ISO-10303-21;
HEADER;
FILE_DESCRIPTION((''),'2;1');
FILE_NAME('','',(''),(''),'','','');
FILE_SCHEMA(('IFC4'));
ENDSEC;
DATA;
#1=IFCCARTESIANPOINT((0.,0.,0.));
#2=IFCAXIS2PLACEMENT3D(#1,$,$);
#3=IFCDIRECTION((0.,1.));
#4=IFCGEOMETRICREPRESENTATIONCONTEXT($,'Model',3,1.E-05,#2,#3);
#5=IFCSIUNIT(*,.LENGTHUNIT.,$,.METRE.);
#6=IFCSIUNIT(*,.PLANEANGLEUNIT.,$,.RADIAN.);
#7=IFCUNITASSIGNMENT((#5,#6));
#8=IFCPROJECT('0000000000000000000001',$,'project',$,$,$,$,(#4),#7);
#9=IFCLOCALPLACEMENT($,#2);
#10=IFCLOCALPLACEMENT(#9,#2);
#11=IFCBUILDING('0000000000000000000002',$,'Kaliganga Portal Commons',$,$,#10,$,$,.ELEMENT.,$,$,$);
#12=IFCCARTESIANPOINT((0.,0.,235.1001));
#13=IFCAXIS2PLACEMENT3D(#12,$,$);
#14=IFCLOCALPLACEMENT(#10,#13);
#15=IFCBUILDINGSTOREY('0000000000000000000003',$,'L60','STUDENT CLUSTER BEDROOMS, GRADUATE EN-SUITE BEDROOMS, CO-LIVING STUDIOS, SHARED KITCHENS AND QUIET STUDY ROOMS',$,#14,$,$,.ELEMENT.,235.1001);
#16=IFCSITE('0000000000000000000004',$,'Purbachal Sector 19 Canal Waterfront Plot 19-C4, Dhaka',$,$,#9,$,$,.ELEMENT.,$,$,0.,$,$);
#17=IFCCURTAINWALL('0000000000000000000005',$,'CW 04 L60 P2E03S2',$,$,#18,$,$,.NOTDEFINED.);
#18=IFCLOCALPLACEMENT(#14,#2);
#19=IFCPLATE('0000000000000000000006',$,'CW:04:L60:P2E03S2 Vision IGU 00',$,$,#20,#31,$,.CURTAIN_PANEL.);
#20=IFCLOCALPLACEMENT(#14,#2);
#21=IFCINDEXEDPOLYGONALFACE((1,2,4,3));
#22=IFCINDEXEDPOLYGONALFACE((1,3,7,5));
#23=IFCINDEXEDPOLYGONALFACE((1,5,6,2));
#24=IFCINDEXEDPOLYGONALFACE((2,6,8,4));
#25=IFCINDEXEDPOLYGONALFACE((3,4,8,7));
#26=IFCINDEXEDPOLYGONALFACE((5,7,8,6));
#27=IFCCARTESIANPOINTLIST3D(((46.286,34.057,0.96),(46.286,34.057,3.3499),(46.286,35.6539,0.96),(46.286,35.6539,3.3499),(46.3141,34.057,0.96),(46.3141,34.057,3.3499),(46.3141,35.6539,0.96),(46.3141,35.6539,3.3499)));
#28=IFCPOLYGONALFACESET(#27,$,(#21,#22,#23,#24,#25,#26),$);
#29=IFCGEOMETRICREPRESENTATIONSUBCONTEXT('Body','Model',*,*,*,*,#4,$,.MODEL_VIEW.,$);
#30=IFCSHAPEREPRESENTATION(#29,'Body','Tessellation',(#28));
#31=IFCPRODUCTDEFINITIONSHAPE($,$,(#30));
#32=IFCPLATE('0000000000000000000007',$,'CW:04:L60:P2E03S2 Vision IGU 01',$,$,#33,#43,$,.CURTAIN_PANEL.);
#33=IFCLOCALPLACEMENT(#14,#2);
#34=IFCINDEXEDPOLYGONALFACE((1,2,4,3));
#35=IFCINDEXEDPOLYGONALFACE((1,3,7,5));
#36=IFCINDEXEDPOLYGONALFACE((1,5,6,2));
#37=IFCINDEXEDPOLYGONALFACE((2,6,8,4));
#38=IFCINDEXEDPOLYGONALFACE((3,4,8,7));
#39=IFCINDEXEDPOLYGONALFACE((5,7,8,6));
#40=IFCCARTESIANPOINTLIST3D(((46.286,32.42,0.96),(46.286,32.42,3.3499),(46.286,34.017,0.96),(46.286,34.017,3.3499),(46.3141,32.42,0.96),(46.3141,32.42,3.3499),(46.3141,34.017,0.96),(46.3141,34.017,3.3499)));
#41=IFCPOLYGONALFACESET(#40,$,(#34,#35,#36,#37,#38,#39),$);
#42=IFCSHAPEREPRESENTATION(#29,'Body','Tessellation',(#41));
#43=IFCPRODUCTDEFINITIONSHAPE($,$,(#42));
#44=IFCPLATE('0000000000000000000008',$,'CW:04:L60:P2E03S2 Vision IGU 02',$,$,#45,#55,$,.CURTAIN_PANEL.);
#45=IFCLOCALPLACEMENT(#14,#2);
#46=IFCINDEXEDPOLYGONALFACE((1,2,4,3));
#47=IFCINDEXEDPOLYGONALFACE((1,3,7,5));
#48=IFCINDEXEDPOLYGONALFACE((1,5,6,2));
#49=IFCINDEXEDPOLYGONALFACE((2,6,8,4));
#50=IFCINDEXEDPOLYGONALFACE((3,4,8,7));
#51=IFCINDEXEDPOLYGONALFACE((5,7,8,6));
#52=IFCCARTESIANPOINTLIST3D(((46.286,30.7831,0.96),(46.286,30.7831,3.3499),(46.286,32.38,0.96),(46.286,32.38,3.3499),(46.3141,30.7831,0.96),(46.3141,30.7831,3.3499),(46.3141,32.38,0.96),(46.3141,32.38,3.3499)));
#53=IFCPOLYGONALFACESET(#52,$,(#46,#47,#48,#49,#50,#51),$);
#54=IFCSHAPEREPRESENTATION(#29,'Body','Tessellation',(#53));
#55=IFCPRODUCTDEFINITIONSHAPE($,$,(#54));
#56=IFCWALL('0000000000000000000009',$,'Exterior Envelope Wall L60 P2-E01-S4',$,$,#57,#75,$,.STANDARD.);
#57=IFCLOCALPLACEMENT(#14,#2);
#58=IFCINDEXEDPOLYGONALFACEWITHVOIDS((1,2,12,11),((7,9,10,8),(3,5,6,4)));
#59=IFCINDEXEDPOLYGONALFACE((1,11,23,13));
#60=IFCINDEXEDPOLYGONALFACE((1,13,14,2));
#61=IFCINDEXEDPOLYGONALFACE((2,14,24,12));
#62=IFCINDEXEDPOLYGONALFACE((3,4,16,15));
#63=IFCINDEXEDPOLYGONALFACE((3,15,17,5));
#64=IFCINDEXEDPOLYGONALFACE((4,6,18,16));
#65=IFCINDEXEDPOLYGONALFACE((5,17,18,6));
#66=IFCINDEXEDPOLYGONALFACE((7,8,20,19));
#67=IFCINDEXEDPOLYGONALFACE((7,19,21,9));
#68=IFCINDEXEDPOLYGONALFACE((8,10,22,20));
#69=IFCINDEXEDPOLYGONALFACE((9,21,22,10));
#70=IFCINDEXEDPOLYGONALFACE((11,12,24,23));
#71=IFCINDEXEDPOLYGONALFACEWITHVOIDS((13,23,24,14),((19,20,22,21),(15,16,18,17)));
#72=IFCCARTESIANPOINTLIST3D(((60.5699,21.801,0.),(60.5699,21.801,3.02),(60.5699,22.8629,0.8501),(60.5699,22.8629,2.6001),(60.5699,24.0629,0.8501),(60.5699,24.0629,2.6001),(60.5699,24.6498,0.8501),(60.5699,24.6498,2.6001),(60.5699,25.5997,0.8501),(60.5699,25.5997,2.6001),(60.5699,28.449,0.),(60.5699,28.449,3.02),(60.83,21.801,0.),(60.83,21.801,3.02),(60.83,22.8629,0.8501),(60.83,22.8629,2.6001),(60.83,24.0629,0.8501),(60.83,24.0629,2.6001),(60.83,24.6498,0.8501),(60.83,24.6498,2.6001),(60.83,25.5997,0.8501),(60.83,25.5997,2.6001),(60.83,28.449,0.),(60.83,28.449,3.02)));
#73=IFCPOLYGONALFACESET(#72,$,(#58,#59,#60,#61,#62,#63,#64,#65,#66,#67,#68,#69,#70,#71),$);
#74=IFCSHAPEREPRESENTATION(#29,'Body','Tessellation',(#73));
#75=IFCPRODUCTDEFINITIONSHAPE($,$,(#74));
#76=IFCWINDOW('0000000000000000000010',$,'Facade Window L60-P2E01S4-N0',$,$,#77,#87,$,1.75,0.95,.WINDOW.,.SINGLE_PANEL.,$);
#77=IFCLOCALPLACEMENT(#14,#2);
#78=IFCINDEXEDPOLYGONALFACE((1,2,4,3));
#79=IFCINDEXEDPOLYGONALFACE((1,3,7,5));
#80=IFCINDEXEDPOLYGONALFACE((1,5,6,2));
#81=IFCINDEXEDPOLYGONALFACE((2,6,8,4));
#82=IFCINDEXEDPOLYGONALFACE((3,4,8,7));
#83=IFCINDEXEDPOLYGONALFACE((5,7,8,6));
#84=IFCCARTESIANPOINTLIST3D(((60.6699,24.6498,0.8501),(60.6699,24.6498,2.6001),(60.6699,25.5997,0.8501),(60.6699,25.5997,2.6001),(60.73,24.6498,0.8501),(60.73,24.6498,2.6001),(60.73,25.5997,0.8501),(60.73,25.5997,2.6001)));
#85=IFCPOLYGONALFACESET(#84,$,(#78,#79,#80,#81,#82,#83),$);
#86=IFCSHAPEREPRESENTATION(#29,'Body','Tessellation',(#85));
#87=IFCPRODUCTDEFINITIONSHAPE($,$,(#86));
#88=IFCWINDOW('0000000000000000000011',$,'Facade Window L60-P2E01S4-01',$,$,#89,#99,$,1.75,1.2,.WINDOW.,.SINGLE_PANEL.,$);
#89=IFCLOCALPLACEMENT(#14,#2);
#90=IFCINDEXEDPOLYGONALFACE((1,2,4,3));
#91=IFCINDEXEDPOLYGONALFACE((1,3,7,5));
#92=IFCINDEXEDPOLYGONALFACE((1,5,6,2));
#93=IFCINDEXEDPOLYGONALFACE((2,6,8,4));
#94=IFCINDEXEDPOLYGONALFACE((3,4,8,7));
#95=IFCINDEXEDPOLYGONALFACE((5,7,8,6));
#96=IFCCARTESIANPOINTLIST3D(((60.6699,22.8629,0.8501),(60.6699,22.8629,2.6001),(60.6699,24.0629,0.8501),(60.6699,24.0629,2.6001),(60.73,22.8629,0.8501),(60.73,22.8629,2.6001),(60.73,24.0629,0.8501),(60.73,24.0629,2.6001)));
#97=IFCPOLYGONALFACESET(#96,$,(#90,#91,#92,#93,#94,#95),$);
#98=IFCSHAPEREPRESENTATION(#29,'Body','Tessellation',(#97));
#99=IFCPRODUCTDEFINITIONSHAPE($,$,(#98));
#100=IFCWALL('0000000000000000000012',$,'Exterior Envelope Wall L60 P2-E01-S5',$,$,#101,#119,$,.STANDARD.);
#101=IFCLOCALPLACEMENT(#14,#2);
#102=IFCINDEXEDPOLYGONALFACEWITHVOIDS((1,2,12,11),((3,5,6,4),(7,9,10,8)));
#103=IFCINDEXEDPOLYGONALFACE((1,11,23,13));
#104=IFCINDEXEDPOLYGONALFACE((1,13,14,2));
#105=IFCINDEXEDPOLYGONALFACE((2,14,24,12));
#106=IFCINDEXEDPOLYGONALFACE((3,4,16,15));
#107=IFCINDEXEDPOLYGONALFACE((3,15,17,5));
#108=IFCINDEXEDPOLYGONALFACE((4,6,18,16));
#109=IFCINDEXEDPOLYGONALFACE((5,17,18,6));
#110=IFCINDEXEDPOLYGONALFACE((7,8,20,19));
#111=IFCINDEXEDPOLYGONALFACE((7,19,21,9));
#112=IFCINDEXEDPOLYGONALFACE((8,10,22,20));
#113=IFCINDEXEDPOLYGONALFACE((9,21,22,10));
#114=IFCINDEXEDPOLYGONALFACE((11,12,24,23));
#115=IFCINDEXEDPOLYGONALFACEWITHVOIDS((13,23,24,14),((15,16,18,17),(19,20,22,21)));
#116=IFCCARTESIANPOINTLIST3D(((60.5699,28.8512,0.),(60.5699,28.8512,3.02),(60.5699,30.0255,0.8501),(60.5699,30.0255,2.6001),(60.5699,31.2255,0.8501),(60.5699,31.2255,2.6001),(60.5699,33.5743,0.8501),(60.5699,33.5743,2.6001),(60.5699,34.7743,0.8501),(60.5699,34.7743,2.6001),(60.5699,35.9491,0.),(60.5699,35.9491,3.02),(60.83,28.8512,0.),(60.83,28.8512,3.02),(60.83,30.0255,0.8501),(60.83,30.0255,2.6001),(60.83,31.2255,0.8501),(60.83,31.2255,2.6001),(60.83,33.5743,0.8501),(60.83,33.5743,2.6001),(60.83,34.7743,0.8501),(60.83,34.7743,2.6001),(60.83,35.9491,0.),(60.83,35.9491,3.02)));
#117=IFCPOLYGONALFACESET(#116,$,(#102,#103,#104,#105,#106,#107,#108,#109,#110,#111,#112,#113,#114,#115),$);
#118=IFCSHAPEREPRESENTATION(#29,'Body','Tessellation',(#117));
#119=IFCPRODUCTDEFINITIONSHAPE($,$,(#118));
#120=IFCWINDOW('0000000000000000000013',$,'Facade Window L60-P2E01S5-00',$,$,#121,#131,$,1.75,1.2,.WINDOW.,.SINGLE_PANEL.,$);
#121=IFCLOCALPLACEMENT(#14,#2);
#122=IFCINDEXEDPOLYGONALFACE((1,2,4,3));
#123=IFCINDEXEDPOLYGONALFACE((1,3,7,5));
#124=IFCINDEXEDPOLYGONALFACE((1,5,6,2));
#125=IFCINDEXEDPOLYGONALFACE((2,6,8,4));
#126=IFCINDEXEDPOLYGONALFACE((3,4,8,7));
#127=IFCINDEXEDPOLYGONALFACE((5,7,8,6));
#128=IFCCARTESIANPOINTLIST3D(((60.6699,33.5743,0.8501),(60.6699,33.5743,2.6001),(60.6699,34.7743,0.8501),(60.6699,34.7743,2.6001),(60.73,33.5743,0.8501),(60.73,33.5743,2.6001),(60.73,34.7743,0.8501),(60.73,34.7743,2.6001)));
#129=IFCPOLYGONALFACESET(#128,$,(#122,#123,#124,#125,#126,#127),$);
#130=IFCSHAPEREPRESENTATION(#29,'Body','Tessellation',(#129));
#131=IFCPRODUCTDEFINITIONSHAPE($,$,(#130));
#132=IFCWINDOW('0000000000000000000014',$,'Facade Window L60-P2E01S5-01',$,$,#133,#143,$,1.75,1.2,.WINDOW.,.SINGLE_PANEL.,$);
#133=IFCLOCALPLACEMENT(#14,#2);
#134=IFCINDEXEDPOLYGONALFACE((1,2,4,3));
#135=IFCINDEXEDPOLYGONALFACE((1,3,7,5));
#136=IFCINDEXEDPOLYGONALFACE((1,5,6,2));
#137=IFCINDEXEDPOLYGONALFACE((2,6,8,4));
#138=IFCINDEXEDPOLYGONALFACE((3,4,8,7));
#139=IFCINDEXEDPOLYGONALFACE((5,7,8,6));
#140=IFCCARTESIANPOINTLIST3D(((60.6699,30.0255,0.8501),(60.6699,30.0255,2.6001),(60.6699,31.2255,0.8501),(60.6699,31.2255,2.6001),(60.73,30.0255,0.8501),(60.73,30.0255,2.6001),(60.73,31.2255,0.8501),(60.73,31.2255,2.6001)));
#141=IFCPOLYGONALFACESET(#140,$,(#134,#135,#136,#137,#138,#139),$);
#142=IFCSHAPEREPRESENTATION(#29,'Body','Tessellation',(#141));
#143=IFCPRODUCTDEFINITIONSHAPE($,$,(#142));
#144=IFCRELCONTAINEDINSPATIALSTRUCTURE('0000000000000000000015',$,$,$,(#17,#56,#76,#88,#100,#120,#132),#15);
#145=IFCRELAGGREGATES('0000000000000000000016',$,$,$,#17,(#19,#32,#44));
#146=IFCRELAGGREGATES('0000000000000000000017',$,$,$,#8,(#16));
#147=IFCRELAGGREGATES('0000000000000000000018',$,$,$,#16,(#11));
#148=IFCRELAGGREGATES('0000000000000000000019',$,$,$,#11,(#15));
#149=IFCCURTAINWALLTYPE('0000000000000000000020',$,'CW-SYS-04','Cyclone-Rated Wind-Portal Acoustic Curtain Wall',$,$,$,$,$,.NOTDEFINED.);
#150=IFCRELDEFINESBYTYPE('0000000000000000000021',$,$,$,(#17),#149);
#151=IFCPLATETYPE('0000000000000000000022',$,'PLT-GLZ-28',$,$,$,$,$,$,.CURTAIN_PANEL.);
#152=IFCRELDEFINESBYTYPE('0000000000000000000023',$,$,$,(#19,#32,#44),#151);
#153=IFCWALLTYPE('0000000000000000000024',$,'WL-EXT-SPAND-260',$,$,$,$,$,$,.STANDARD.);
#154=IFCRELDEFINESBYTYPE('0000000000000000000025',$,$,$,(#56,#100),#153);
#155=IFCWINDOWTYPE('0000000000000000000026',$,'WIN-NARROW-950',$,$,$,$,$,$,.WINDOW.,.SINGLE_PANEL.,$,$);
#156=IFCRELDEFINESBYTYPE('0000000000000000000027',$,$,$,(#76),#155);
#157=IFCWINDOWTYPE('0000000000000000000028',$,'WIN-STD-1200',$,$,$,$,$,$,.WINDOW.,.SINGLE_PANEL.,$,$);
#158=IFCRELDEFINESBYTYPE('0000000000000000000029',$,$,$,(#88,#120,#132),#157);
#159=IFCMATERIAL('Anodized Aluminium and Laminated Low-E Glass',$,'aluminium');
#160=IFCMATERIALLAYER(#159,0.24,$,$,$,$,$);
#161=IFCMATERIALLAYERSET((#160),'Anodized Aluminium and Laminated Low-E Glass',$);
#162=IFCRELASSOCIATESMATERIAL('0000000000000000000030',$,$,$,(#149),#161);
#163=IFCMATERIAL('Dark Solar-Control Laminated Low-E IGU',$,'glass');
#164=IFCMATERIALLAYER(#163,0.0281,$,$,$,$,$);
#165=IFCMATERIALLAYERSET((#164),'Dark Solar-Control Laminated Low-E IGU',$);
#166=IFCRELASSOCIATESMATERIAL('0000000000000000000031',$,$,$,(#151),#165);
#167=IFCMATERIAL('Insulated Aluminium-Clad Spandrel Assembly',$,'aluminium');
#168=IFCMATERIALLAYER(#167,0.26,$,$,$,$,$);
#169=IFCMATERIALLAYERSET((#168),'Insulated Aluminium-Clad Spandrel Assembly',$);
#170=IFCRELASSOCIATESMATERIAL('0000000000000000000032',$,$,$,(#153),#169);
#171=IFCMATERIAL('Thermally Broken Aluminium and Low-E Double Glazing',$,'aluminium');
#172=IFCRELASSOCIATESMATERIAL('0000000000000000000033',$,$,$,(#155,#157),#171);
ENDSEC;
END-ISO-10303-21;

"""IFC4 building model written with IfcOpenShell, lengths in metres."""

from ifc_helpers import new_model, si_unit, direction, frame, frame_2d, origin, origin_2d, place, context, subcontext, project, spatial, rectangle, extrude, source, transform, mapped, material, layer, layer_set, type_object, element, fill, aggregate, save


model = new_model("IFC4")

# Units and contexts
model_context = context("Model", 3, precision=1e-05, world=origin(), true_north=direction((0.0, 1.0)))
body_context = subcontext(model_context, "Body", "Model", "MODEL_VIEW")
ifc_project = project(units=[si_unit("LENGTHUNIT", "METRE"), si_unit("PLANEANGLEUNIT", "RADIAN")], contexts=[model_context])

# Site, building, storey
site_placement = place(None, origin())
site = spatial("IfcSite", under=ifc_project, at=site_placement, Name="Purbachal Sector 19 Canal Waterfront Plot 19-C4, Dhaka", CompositionType="ELEMENT", RefElevation=0.0)
building_placement = place(site_placement, origin())
building = spatial("IfcBuilding", under=site, at=building_placement, Name="Kaliganga Portal Commons", CompositionType="ELEMENT")
storey_placement = place(building_placement, frame((0.0, 0.0, 235.1001)))
storey = spatial("IfcBuildingStorey", under=building, at=storey_placement, Name="L60", Description="STUDENT CLUSTER BEDROOMS, GRADUATE EN-SUITE BEDROOMS, CO-LIVING STUDIOS, SHARED KITCHENS AND QUIET STUDY ROOMS", CompositionType="ELEMENT", Elevation=235.1001)

# Curtain wall, plates
ifc_material_1 = material(Name="Anodized Aluminium and Laminated Low-E Glass", Category="aluminium")
ifc_layer_1 = layer(ifc_material_1, 0.24)
ifc_layer_set_1 = layer_set([ifc_layer_1], Name="Anodized Aluminium and Laminated Low-E Glass")
curtain_wall_type = type_object("IfcCurtainWallType", Name="CW-SYS-04", Description="Cyclone-Rated Wind-Portal Acoustic Curtain Wall", PredefinedType="NOTDEFINED", material=ifc_layer_set_1)
curtain_wall_placement = place(storey_placement, origin())
curtain_wall = element("IfcCurtainWall", 1, at=curtain_wall_placement, inside=storey, type_object=curtain_wall_type, Name="CW 04 L60 P2E03S2", PredefinedType="NOTDEFINED")
ifc_material_2 = material(Name="Dark Solar-Control Laminated Low-E IGU", Category="glass")
ifc_layer_2 = layer(ifc_material_2, 0.0281)
ifc_layer_set_2 = layer_set([ifc_layer_2], Name="Dark Solar-Control Laminated Low-E IGU")
plate_type_1 = type_object("IfcPlateType", Name="PLT-GLZ-28", PredefinedType="CURTAIN_PANEL", material=ifc_layer_set_2)
shared_shape_1 = source(origin(), body_context, "Body", "SweptSolid", [
    extrude(rectangle(XDim=1.5969, YDim=0.0281, at=origin_2d()), origin(), (0.0, 0.0, 1.0), 2.3899),
])
plate_1_placement = place(storey_placement, frame((46.3, 34.8555, 0.96), z_axis=(0.0, 0.0, 1.0), x_axis=(0.0, -1.0, 0.0)))
plate_1 = element("IfcPlate", 2, at=plate_1_placement, type_object=plate_type_1, Name="CW:04:L60:P2E03S2 Vision IGU 00", PredefinedType="CURTAIN_PANEL", context=body_context, shape_type="MappedRepresentation", body=[
    mapped(shared_shape_1, transform((0.0, 0.0, 0.0), x_axis=(1.0, 0.0, 0.0), y_axis=(0.0, 1.0, 0.0), z_axis=(0.0, 0.0, 1.0), scale=1.0)),
])
plate_2_placement = place(storey_placement, frame((46.3, 33.2185, 0.96), z_axis=(0.0, 0.0, 1.0), x_axis=(0.0, -1.0, 0.0)))
plate_2 = element("IfcPlate", 3, at=plate_2_placement, type_object=plate_type_1, Name="CW:04:L60:P2E03S2 Vision IGU 01", PredefinedType="CURTAIN_PANEL", context=body_context, shape_type="MappedRepresentation", body=[
    mapped(shared_shape_1, transform((0.0, 0.0, 0.0), x_axis=(1.0, 0.0, 0.0), y_axis=(0.0, 1.0, 0.0), z_axis=(0.0, 0.0, 1.0), scale=1.0)),
])
plate_3_placement = place(storey_placement, frame((46.3, 31.5815, 0.96), z_axis=(0.0, 0.0, 1.0), x_axis=(0.0, -1.0, 0.0)))
plate_3 = element("IfcPlate", 4, at=plate_3_placement, type_object=plate_type_1, Name="CW:04:L60:P2E03S2 Vision IGU 02", PredefinedType="CURTAIN_PANEL", context=body_context, shape_type="MappedRepresentation", body=[
    mapped(shared_shape_1, transform((0.0, 0.0, 0.0), x_axis=(1.0, 0.0, 0.0), y_axis=(0.0, 1.0, 0.0), z_axis=(0.0, 0.0, 1.0), scale=1.0)),
])
aggregate(curtain_wall, [plate_1, plate_2, plate_3])

# Walls, openings, windows
ifc_material_3 = material(Name="Insulated Aluminium-Clad Spandrel Assembly", Category="aluminium")
ifc_layer_3 = layer(ifc_material_3, 0.26)
ifc_layer_set_3 = layer_set([ifc_layer_3], Name="Insulated Aluminium-Clad Spandrel Assembly")
wall_type_1 = type_object("IfcWallType", Name="WL-EXT-SPAND-260", PredefinedType="STANDARD", material=ifc_layer_set_3)
wall_1_placement = place(storey_placement, frame((60.7, 28.449, 0.0), z_axis=(0.0, 0.0, 1.0), x_axis=(0.0, -1.0, 0.0)))
wall_1 = element("IfcWall", 5, at=wall_1_placement, inside=storey, type_object=wall_type_1, Name="Exterior Envelope Wall L60 P2-E01-S4", PredefinedType="STANDARD", context=body_context, shape_type="SweptSolid", body=[
    extrude(rectangle(XDim=6.6479, YDim=0.26, at=frame_2d((3.324, 0.0))), origin(), (0.0, 0.0, 1.0), 3.02),
])
opening_1_placement = place(wall_1_placement, frame((4.386, 0.0, 0.8501)))
opening_1 = element("IfcOpeningElement", 6, at=opening_1_placement, cuts=wall_1, PredefinedType="OPENING", context=body_context, shape_type="SweptSolid", body=[
    extrude(rectangle(XDim=1.2, YDim=1.75, at=frame_2d((0.6001, 0.875))), frame((0.0, 0.1401, 0.0), z_axis=(0.0, -1.0, 0.0), x_axis=(1.0, 0.0, 0.0)), (0.0, 0.0, 1.0), 0.28),
])
opening_2_placement = place(wall_1_placement, frame((2.8491, 0.0, 0.8501)))
opening_2 = element("IfcOpeningElement", 7, at=opening_2_placement, cuts=wall_1, PredefinedType="OPENING", context=body_context, shape_type="SweptSolid", body=[
    extrude(rectangle(XDim=0.95, YDim=1.75, at=frame_2d((0.4751, 0.875))), frame((0.0, 0.1401, 0.0), z_axis=(0.0, -1.0, 0.0), x_axis=(1.0, 0.0, 0.0)), (0.0, 0.0, 1.0), 0.28),
])
ifc_material_4 = material(Name="Thermally Broken Aluminium and Low-E Double Glazing", Category="aluminium")
window_type_1 = type_object("IfcWindowType", Name="WIN-NARROW-950", PartitioningType="SINGLE_PANEL", PredefinedType="WINDOW", material=ifc_material_4)
window_1_placement = place(opening_2_placement, origin())
window_1 = element("IfcWindow", 8, at=window_1_placement, inside=storey, type_object=window_type_1, Name="Facade Window L60-P2E01S4-N0", OverallHeight=1.75, OverallWidth=0.95, PartitioningType="SINGLE_PANEL", PredefinedType="WINDOW", context=body_context, shape_type="SweptSolid", body=[
    extrude(rectangle(XDim=0.95, YDim=1.75, at=frame_2d((0.4751, 0.875))), frame((0.0, 0.03, 0.0), z_axis=(0.0, -1.0, 0.0), x_axis=(1.0, 0.0, 0.0)), (0.0, 0.0, 1.0), 0.0601),
])
fill(opening_2, window_1)
window_type_2 = type_object("IfcWindowType", Name="WIN-STD-1200", PartitioningType="SINGLE_PANEL", PredefinedType="WINDOW", material=ifc_material_4)
window_2_placement = place(opening_1_placement, origin())
window_2 = element("IfcWindow", 9, at=window_2_placement, inside=storey, type_object=window_type_2, Name="Facade Window L60-P2E01S4-01", OverallHeight=1.75, OverallWidth=1.2, PartitioningType="SINGLE_PANEL", PredefinedType="WINDOW", context=body_context, shape_type="SweptSolid", body=[
    extrude(rectangle(XDim=1.2, YDim=1.75, at=frame_2d((0.6001, 0.875))), frame((0.0, 0.03, 0.0), z_axis=(0.0, -1.0, 0.0), x_axis=(1.0, 0.0, 0.0)), (0.0, 0.0, 1.0), 0.0601),
])
fill(opening_1, window_2)
wall_2_placement = place(storey_placement, frame((60.7, 35.949, 0.0), z_axis=(0.0, 0.0, 1.0), x_axis=(0.0, -1.0, 0.0)))
wall_2 = element("IfcWall", 10, at=wall_2_placement, inside=storey, type_object=wall_type_1, Name="Exterior Envelope Wall L60 P2-E01-S5", PredefinedType="STANDARD", context=body_context, shape_type="SweptSolid", body=[
    extrude(rectangle(XDim=7.0979, YDim=0.26, at=frame_2d((3.5488, 0.0))), origin(), (0.0, 0.0, 1.0), 3.02),
])
opening_3_placement = place(wall_2_placement, frame((1.1746, 0.0, 0.8501)))
opening_3 = element("IfcOpeningElement", 11, at=opening_3_placement, cuts=wall_2, PredefinedType="OPENING", context=body_context, shape_type="SweptSolid", body=[
    extrude(rectangle(XDim=1.2, YDim=1.75, at=frame_2d((0.6001, 0.875))), frame((0.0, 0.1401, 0.0), z_axis=(0.0, -1.0, 0.0), x_axis=(1.0, 0.0, 0.0)), (0.0, 0.0, 1.0), 0.28),
])
opening_4_placement = place(wall_2_placement, frame((4.7234, 0.0, 0.8501)))
opening_4 = element("IfcOpeningElement", 12, at=opening_4_placement, cuts=wall_2, PredefinedType="OPENING", context=body_context, shape_type="SweptSolid", body=[
    extrude(rectangle(XDim=1.2, YDim=1.75, at=frame_2d((0.6001, 0.875))), frame((0.0, 0.1401, 0.0), z_axis=(0.0, -1.0, 0.0), x_axis=(1.0, 0.0, 0.0)), (0.0, 0.0, 1.0), 0.28),
])
window_3_placement = place(opening_3_placement, origin())
window_3 = element("IfcWindow", 13, at=window_3_placement, inside=storey, type_object=window_type_2, Name="Facade Window L60-P2E01S5-00", OverallHeight=1.75, OverallWidth=1.2, PartitioningType="SINGLE_PANEL", PredefinedType="WINDOW", context=body_context, shape_type="SweptSolid", body=[
    extrude(rectangle(XDim=1.2, YDim=1.75, at=frame_2d((0.6001, 0.875))), frame((0.0, 0.03, 0.0), z_axis=(0.0, -1.0, 0.0), x_axis=(1.0, 0.0, 0.0)), (0.0, 0.0, 1.0), 0.0601),
])
fill(opening_3, window_3)
window_4_placement = place(opening_4_placement, origin())
window_4 = element("IfcWindow", 14, at=window_4_placement, inside=storey, type_object=window_type_2, Name="Facade Window L60-P2E01S5-01", OverallHeight=1.75, OverallWidth=1.2, PartitioningType="SINGLE_PANEL", PredefinedType="WINDOW", context=body_context, shape_type="SweptSolid", body=[
    extrude(rectangle(XDim=1.2, YDim=1.75, at=frame_2d((0.6001, 0.875))), frame((0.0, 0.03, 0.0), z_axis=(0.0, -1.0, 0.0), x_axis=(1.0, 0.0, 0.0)), (0.0, 0.0, 1.0), 0.0601),
])
fill(opening_4, window_4)

save(model, "model.ifc")
